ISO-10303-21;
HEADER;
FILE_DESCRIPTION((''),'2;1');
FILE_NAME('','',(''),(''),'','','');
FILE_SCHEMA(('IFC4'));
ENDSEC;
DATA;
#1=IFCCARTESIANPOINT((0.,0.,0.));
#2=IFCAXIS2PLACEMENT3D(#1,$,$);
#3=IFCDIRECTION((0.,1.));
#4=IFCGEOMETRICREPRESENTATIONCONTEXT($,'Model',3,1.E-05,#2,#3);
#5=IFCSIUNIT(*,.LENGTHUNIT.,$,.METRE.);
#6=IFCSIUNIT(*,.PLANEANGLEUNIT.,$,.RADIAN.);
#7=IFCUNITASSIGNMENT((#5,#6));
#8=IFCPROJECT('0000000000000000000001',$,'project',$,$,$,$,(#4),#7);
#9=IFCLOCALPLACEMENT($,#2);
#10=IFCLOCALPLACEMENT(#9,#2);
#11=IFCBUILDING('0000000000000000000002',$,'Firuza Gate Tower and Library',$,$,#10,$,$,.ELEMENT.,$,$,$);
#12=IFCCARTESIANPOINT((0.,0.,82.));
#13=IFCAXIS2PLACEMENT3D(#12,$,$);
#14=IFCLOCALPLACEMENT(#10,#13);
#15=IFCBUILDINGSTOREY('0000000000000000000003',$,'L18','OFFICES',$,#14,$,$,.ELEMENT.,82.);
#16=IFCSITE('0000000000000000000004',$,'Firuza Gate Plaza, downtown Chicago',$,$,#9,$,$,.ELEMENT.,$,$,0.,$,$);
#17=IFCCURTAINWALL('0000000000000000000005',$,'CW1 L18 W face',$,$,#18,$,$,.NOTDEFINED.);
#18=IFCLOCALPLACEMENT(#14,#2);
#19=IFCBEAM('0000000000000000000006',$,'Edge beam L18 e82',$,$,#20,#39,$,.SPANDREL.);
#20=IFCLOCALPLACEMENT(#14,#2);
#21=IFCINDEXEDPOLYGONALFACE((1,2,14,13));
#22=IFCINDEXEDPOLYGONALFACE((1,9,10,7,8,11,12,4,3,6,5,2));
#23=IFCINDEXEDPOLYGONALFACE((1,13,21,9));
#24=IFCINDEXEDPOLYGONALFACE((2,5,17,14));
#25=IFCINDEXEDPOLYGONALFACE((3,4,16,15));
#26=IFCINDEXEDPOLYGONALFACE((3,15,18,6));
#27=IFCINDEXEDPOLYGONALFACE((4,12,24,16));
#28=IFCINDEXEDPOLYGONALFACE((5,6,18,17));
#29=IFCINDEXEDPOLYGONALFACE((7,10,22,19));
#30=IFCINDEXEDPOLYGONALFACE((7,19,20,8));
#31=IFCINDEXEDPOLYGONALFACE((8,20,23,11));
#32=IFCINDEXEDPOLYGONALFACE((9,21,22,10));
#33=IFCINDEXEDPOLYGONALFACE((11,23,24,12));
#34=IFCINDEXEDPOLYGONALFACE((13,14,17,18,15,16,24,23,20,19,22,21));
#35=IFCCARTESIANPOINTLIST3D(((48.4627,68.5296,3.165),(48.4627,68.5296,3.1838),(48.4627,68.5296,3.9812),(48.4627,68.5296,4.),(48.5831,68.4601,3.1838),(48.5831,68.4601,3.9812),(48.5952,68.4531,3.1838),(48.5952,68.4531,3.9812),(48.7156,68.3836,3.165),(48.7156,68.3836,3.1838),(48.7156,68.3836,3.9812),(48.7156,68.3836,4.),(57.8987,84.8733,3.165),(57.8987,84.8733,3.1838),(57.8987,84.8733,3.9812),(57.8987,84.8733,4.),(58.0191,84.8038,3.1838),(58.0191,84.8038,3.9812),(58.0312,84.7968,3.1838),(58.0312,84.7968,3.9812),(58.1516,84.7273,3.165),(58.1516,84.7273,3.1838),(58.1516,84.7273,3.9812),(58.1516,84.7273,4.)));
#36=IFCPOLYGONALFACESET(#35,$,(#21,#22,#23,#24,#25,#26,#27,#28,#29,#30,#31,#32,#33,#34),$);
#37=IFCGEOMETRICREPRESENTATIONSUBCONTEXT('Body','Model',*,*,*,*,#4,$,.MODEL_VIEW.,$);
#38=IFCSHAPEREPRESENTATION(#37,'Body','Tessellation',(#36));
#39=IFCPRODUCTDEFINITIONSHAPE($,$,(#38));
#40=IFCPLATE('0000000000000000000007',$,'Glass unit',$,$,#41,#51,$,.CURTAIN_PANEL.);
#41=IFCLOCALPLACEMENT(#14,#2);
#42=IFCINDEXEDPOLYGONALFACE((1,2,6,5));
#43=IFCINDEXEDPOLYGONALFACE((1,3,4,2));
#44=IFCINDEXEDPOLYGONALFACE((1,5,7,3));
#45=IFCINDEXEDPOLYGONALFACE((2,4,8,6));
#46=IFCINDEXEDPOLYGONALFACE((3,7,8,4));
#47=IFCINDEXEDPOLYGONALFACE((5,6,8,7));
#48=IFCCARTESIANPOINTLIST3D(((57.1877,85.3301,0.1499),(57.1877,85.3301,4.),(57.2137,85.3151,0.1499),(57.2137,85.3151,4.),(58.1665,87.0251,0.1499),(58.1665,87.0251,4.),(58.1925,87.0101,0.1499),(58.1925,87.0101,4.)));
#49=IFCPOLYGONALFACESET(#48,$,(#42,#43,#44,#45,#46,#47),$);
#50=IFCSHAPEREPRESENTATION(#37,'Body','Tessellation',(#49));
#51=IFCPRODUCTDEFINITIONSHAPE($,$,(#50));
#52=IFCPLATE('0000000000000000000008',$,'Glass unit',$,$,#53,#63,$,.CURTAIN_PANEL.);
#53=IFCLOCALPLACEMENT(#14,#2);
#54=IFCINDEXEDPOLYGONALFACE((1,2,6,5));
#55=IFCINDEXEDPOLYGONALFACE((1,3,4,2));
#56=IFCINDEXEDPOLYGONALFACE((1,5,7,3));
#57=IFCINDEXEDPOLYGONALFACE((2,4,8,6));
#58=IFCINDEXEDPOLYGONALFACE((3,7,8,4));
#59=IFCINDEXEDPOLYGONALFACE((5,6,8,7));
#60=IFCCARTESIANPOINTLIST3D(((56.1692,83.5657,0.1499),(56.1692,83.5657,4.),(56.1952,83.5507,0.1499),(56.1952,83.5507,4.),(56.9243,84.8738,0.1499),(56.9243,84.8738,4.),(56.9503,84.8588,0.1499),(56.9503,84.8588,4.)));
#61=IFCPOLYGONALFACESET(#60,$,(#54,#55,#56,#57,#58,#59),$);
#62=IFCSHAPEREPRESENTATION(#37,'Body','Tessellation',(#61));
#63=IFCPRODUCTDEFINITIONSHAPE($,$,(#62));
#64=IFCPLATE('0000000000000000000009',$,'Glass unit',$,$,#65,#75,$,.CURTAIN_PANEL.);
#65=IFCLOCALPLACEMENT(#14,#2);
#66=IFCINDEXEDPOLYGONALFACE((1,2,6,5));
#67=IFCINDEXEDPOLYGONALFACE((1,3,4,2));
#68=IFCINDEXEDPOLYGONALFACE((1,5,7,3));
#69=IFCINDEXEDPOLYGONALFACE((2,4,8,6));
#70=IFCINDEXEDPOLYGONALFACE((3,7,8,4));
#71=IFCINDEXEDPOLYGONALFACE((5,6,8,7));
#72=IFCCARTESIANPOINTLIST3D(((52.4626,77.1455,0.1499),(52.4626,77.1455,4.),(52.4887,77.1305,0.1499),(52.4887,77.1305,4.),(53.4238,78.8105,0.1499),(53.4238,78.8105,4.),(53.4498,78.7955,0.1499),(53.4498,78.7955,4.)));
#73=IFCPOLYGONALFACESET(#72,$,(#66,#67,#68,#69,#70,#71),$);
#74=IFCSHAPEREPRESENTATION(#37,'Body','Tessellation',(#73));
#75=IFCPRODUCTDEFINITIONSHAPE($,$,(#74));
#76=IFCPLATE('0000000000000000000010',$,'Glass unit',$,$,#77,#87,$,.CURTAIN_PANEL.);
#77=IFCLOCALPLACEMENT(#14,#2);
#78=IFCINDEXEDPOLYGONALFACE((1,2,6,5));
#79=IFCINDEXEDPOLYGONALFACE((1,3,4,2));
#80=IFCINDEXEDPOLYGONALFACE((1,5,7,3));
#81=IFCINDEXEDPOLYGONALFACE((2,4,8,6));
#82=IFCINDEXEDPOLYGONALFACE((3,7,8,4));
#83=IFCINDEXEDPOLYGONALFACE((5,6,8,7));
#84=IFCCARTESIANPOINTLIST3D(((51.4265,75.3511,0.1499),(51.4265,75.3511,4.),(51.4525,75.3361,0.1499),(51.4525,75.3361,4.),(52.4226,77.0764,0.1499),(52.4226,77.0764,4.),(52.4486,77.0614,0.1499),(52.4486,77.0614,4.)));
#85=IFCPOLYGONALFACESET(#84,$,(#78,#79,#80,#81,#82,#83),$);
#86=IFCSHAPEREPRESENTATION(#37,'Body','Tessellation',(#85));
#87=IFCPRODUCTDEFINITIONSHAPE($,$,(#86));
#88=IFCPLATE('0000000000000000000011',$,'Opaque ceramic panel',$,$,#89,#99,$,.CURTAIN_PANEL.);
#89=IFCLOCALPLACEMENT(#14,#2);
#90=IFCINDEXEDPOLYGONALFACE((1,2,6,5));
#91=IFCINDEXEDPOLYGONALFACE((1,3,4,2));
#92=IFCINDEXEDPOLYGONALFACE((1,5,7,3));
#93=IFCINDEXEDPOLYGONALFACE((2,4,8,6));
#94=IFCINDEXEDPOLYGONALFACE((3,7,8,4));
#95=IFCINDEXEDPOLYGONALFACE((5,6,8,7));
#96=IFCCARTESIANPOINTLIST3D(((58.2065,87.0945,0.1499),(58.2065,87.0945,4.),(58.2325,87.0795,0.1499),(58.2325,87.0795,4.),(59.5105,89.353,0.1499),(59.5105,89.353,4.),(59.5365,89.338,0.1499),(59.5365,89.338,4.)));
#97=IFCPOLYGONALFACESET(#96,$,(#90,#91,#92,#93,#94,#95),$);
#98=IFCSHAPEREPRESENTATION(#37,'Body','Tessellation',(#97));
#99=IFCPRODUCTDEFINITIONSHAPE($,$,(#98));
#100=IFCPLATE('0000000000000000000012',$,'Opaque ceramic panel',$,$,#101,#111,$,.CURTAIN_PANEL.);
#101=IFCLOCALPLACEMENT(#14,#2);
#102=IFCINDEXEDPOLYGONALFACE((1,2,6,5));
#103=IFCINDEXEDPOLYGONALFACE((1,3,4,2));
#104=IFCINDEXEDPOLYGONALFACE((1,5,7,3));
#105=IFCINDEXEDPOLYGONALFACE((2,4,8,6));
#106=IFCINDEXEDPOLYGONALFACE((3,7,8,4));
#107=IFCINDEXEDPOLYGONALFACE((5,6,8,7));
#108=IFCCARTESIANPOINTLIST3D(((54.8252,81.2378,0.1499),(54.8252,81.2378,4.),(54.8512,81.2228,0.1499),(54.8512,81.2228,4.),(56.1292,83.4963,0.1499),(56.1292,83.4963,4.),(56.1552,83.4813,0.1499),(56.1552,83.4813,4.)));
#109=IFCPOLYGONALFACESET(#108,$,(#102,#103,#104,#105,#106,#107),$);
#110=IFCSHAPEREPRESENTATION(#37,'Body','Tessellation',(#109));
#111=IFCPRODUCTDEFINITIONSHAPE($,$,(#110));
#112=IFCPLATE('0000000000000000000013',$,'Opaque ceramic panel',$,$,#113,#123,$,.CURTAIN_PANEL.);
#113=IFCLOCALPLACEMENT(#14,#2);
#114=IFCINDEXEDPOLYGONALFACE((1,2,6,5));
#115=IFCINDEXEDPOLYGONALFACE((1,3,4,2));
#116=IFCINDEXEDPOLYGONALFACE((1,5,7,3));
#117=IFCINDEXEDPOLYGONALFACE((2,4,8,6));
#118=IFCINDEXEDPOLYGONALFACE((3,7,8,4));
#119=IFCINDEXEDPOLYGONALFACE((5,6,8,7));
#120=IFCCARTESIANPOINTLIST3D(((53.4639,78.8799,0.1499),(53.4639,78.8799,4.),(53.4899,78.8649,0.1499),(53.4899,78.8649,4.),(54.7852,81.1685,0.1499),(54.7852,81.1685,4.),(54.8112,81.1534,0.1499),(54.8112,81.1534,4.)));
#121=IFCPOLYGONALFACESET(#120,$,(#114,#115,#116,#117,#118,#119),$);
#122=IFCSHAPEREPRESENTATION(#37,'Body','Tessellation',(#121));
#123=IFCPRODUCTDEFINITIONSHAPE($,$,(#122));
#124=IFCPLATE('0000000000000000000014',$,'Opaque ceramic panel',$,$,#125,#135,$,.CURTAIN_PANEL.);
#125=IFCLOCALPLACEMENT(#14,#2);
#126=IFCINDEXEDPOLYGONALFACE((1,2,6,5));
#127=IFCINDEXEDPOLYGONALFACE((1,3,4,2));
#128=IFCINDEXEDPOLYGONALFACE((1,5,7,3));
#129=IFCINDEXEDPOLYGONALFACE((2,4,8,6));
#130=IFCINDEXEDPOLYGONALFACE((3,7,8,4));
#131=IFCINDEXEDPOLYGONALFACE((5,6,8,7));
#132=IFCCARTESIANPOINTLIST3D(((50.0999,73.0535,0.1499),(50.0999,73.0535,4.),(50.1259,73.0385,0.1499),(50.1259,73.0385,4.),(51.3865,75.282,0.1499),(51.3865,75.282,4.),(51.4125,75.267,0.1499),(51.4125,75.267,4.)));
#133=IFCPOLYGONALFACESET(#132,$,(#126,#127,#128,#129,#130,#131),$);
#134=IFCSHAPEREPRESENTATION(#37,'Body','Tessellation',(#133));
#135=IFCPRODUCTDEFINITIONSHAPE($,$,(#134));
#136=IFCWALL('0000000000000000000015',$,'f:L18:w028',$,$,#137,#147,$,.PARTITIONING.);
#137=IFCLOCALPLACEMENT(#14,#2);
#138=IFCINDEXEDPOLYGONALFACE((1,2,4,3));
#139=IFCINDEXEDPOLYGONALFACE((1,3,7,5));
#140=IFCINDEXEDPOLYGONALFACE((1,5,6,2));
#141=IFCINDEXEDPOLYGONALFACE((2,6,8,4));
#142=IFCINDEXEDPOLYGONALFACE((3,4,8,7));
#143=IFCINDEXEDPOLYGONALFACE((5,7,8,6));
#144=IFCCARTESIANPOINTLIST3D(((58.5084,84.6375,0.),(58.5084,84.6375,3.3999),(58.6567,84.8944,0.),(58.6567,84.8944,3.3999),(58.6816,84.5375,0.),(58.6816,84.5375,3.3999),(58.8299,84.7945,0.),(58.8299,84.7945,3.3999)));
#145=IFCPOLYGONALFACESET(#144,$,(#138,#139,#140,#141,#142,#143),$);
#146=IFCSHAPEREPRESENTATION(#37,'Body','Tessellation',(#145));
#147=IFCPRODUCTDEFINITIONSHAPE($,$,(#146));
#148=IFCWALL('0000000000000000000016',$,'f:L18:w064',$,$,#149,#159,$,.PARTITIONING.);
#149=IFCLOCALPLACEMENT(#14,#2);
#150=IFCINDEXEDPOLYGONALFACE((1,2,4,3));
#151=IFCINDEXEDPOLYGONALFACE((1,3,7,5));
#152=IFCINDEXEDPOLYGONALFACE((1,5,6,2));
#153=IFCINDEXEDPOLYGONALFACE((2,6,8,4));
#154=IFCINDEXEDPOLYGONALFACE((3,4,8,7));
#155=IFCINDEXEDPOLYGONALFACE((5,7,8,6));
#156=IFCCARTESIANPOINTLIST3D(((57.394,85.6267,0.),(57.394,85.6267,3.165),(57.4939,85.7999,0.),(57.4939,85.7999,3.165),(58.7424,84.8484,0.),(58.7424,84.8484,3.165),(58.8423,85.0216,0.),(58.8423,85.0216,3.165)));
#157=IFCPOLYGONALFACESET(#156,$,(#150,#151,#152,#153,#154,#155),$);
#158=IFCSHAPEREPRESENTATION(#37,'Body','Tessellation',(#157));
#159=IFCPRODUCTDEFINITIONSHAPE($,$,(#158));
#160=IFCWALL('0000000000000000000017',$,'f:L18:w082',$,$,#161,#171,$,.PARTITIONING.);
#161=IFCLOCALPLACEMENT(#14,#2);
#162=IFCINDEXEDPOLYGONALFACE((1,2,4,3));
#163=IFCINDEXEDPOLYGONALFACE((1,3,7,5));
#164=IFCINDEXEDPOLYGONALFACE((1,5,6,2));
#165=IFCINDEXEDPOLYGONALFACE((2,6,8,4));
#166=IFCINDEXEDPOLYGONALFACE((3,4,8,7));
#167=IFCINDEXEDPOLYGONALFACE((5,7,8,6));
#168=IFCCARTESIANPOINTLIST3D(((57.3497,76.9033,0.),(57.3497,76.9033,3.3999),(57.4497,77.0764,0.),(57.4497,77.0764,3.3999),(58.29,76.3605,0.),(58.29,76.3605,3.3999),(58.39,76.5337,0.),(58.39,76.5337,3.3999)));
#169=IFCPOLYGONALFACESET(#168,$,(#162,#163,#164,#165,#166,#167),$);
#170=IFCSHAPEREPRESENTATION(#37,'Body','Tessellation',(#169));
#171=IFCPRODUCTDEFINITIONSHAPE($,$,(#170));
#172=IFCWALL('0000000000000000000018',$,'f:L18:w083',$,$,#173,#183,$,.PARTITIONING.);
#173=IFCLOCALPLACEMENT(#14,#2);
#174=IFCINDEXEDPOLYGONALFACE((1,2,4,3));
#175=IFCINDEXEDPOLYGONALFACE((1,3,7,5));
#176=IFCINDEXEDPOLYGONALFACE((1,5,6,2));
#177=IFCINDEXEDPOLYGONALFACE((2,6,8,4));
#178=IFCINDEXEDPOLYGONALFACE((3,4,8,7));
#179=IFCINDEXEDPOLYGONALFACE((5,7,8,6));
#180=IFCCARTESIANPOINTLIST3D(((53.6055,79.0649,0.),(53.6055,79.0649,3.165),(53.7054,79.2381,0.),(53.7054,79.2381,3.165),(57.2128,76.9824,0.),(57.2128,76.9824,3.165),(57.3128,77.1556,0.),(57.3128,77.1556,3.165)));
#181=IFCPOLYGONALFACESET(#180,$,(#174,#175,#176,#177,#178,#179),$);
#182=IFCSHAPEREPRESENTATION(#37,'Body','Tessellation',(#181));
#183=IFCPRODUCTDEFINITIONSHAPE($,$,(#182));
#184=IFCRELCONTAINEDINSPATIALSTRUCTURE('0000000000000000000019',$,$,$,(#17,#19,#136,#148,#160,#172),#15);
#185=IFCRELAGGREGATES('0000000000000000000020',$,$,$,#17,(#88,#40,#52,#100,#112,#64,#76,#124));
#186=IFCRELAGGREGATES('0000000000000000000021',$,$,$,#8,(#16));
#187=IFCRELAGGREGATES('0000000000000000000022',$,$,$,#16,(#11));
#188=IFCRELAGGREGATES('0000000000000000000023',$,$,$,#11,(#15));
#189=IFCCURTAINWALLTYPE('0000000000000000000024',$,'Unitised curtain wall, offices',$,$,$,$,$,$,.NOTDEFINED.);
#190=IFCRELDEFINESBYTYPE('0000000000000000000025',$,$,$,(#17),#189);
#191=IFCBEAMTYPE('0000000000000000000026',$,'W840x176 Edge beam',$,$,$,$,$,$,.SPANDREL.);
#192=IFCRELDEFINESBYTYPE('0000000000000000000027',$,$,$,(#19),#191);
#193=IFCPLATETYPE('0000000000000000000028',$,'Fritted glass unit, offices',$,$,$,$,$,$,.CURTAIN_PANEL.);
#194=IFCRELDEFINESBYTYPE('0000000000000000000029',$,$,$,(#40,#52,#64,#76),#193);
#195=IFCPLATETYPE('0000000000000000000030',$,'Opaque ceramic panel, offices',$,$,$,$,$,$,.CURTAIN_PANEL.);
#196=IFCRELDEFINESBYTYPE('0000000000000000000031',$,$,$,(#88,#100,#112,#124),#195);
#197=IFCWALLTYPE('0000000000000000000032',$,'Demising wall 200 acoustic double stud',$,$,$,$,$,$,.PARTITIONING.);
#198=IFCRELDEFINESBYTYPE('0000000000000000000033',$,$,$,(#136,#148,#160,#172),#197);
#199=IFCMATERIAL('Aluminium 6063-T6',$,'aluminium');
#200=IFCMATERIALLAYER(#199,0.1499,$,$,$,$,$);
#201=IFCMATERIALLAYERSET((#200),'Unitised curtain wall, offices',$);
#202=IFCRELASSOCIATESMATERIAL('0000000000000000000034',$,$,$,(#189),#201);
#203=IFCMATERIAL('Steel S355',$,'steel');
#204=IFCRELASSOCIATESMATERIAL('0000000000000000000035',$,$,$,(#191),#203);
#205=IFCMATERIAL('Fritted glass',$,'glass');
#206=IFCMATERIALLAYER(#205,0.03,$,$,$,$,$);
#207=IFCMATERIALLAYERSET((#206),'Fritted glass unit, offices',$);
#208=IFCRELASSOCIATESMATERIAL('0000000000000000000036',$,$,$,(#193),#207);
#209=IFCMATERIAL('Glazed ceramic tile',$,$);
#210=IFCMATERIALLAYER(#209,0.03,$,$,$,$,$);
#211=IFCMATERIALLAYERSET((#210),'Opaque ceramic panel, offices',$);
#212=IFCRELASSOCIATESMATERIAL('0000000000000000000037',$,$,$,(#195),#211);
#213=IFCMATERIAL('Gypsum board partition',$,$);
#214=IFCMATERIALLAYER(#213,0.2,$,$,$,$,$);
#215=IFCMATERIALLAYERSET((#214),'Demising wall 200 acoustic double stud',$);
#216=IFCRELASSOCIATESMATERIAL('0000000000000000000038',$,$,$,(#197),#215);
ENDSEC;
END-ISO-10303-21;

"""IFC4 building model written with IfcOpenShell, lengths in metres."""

from ifc_helpers import new_model, si_unit, direction, frame, frame_2d, origin, origin_2d, place, context, subcontext, project, spatial, polyline, rectangle, i_section, outline, extrude, material, layer, layer_set, material_profile, profile_set, type_object, element, aggregate, save


model = new_model("IFC4")

# Units and contexts
model_context = context("Model", 3, precision=1e-05, world=origin(), true_north=direction((0.0, 1.0)))
body_context = subcontext(model_context, "Body", "Model", "MODEL_VIEW")
ifc_project = project(units=[si_unit("LENGTHUNIT", "METRE"), si_unit("PLANEANGLEUNIT", "RADIAN")], contexts=[model_context])

# Site, building, storey
site_placement = place(None, origin())
site = spatial("IfcSite", under=ifc_project, at=site_placement, Name="Firuza Gate Plaza, downtown Chicago", CompositionType="ELEMENT", RefElevation=0.0)
building_placement = place(site_placement, origin())
building = spatial("IfcBuilding", under=site, at=building_placement, Name="Firuza Gate Tower and Library", CompositionType="ELEMENT")
storey_placement = place(building_placement, frame((0.0, 0.0, 82.0)))
storey = spatial("IfcBuildingStorey", under=building, at=storey_placement, Name="L18", Description="OFFICES", CompositionType="ELEMENT", Elevation=82.0)

# Curtain wall
ifc_material_1 = material(Name="Aluminium 6063-T6", Category="aluminium")
ifc_layer_1 = layer(ifc_material_1, 0.1499)
ifc_layer_set_1 = layer_set([ifc_layer_1], Name="Unitised curtain wall, offices")
curtain_wall_type = type_object("IfcCurtainWallType", Name="Unitised curtain wall, offices", PredefinedType="NOTDEFINED", material=ifc_layer_set_1)
curtain_wall_placement = place(storey_placement, origin())
curtain_wall = element("IfcCurtainWall", 1, at=curtain_wall_placement, inside=storey, type_object=curtain_wall_type, Name="CW1 L18 W face", PredefinedType="NOTDEFINED")

# Beam
ifc_material_2 = material(Name="Steel S355", Category="steel")
ifc_material_profile_1 = material_profile(ifc_material_2, i_section(OverallWidth=0.292, OverallDepth=0.835, WebThickness=0.0139, FlangeThickness=0.0188, at=origin_2d()))
ifc_profile_set_1 = profile_set([ifc_material_profile_1], Name="Steel S355")
beam_type_1 = type_object("IfcBeamType", Name="W840x176 Edge beam", PredefinedType="SPANDREL", material=ifc_profile_set_1)
beam_1_placement = place(storey_placement, frame((58.0251, 84.8003, 3.5825), z_axis=(-0.499999, -0.866026, 0.0), x_axis=(0.866026, -0.499999, 0.0)))
element("IfcBeam", 2, at=beam_1_placement, inside=storey, type_object=beam_type_1, Name="Edge beam L18 e82", PredefinedType="SPANDREL", context=body_context, shape_type="SweptSolid", body=[
    extrude(i_section(OverallWidth=0.292, OverallDepth=0.835, WebThickness=0.0139, FlangeThickness=0.0188, at=origin_2d()), origin(), (0.0, 0.0, 1.0), 18.8721),
])

# Plates
ifc_material_3 = material(Name="Fritted glass", Category="glass")
ifc_layer_2 = layer(ifc_material_3, 0.03)
ifc_layer_set_2 = layer_set([ifc_layer_2], Name="Fritted glass unit, offices")
plate_type_1 = type_object("IfcPlateType", Name="Fritted glass unit, offices", PredefinedType="CURTAIN_PANEL", material=ifc_layer_set_2)
plate_1_placement = place(storey_placement, frame((58.1665, 87.0251, 0.1499), z_axis=(-0.866001, 0.500043, 0.0), x_axis=(-0.500043, -0.866001, 0.0)))
plate_1 = element("IfcPlate", 3, at=plate_1_placement, type_object=plate_type_1, Name="Glass unit", PredefinedType="CURTAIN_PANEL", context=body_context, shape_type="SweptSolid", body=[
    extrude(outline(polyline([(0.0, 0.0), (1.9574, 0.0), (1.9574, 3.8501), (0.0, 3.8501), (0.0, 0.0)])), origin(), (0.0, 0.0, -1.0), 0.03),
])
plate_2_placement = place(storey_placement, frame((56.9243, 84.8738, 0.1499), z_axis=(-0.866056, 0.499946, 0.0), x_axis=(-0.499946, -0.866056, 0.0)))
plate_2 = element("IfcPlate", 4, at=plate_2_placement, type_object=plate_type_1, Name="Glass unit", PredefinedType="CURTAIN_PANEL", context=body_context, shape_type="SweptSolid", body=[
    extrude(outline(polyline([(0.0, 0.0), (1.5104, 0.0), (1.5104, 3.8501), (0.0, 3.8501), (0.0, 0.0)])), origin(), (0.0, 0.0, -1.0), 0.03),
])
plate_3_placement = place(storey_placement, frame((53.4238, 78.8105, 0.1499), z_axis=(-0.866054, 0.49995, 0.0), x_axis=(-0.49995, -0.866054, 0.0)))
plate_3 = element("IfcPlate", 5, at=plate_3_placement, type_object=plate_type_1, Name="Glass unit", PredefinedType="CURTAIN_PANEL", context=body_context, shape_type="SweptSolid", body=[
    extrude(outline(polyline([(0.0, 0.0), (1.9226, 0.0), (1.9226, 3.8501), (0.0, 3.8501), (0.0, 0.0)])), origin(), (0.0, 0.0, -1.0), 0.03),
])
plate_4_placement = place(storey_placement, frame((52.4226, 77.0764, 0.1499), z_axis=(-0.866033, 0.499988, 0.0), x_axis=(-0.499988, -0.866033, 0.0)))
plate_4 = element("IfcPlate", 6, at=plate_4_placement, type_object=plate_type_1, Name="Glass unit", PredefinedType="CURTAIN_PANEL", context=body_context, shape_type="SweptSolid", body=[
    extrude(outline(polyline([(0.0, 0.0), (1.9922, 0.0), (1.9922, 3.8501), (0.0, 3.8501), (0.0, 0.0)])), origin(), (0.0, 0.0, -1.0), 0.03),
])
ifc_material_4 = material(Name="Glazed ceramic tile")
ifc_layer_3 = layer(ifc_material_4, 0.03)
ifc_layer_set_3 = layer_set([ifc_layer_3], Name="Opaque ceramic panel, offices")
plate_type_2 = type_object("IfcPlateType", Name="Opaque ceramic panel, offices", PredefinedType="CURTAIN_PANEL", material=ifc_layer_set_3)
plate_5_placement = place(storey_placement, frame((59.5105, 89.353, 0.1499), z_axis=(-0.866028, 0.499995, 0.0), x_axis=(-0.499995, -0.866028, 0.0)))
plate_5 = element("IfcPlate", 7, at=plate_5_placement, type_object=plate_type_2, Name="Opaque ceramic panel", PredefinedType="CURTAIN_PANEL", context=body_context, shape_type="SweptSolid", body=[
    extrude(outline(polyline([(0.0, 0.0), (2.6079, 0.0), (2.6079, 3.8501), (0.0, 3.8501), (0.0, 0.0)])), origin(), (0.0, 0.0, -1.0), 0.03),
])
plate_6_placement = place(storey_placement, frame((56.1292, 83.4963, 0.1499), z_axis=(-0.866028, 0.499995, 0.0), x_axis=(-0.499995, -0.866028, 0.0)))
plate_6 = element("IfcPlate", 8, at=plate_6_placement, type_object=plate_type_2, Name="Opaque ceramic panel", PredefinedType="CURTAIN_PANEL", context=body_context, shape_type="SweptSolid", body=[
    extrude(outline(polyline([(0.0, 0.0), (2.6079, 0.0), (2.6079, 3.8501), (0.0, 3.8501), (0.0, 0.0)])), origin(), (0.0, 0.0, -1.0), 0.03),
])
plate_7_placement = place(storey_placement, frame((54.7852, 81.1685, 0.1499), z_axis=(-0.866029, 0.499994, 0.0), x_axis=(-0.499994, -0.866029, 0.0)))
plate_7 = element("IfcPlate", 9, at=plate_7_placement, type_object=plate_type_2, Name="Opaque ceramic panel", PredefinedType="CURTAIN_PANEL", context=body_context, shape_type="SweptSolid", body=[
    extrude(outline(polyline([(0.0, 0.0), (2.6426, 0.0), (2.6426, 3.8501), (0.0, 3.8501), (0.0, 0.0)])), origin(), (0.0, 0.0, -1.0), 0.03),
])
plate_8_placement = place(storey_placement, frame((51.3865, 75.282, 0.1499), z_axis=(-0.866028, 0.499996, 0.0), x_axis=(-0.499996, -0.866028, 0.0)))
plate_8 = element("IfcPlate", 10, at=plate_8_placement, type_object=plate_type_2, Name="Opaque ceramic panel", PredefinedType="CURTAIN_PANEL", context=body_context, shape_type="SweptSolid", body=[
    extrude(outline(polyline([(0.0, 0.0), (2.5733, 0.0), (2.5733, 3.8501), (0.0, 3.8501), (0.0, 0.0)])), origin(), (0.0, 0.0, -1.0), 0.03),
])
aggregate(curtain_wall, [plate_5, plate_1, plate_2, plate_6, plate_7, plate_3, plate_4, plate_8])

# Walls
ifc_material_5 = material(Name="Gypsum board partition")
ifc_layer_4 = layer(ifc_material_5, 0.2)
ifc_layer_set_4 = layer_set([ifc_layer_4], Name="Demising wall 200 acoustic double stud")
wall_type_1 = type_object("IfcWallType", Name="Demising wall 200 acoustic double stud", PredefinedType="PARTITIONING", material=ifc_layer_set_4)
wall_1_placement = place(storey_placement, frame((58.595, 84.5874, 0.0), z_axis=(0.0, 0.0, 1.0), x_axis=(0.49977, 0.866158, 0.0)))
element("IfcWall", 11, at=wall_1_placement, inside=storey, type_object=wall_type_1, Name="f:L18:w028", PredefinedType="PARTITIONING", context=body_context, shape_type="SweptSolid", body=[
    extrude(rectangle(XDim=0.2966, YDim=0.2, at=frame_2d((0.1484, 0.0))), origin(), (0.0, 0.0, 1.0), 3.3999),
])
wall_2_placement = place(storey_placement, frame((58.7922, 84.9351, 0.0), z_axis=(0.0, 0.0, 1.0), x_axis=(-0.866073, 0.499917, 0.0)))
element("IfcWall", 12, at=wall_2_placement, inside=storey, type_object=wall_type_1, Name="f:L18:w064", PredefinedType="PARTITIONING", context=body_context, shape_type="SweptSolid", body=[
    extrude(rectangle(XDim=1.5569, YDim=0.2, at=frame_2d((0.7783, 0.0))), origin(), (0.0, 0.0, 1.0), 3.165),
])
wall_3_placement = place(storey_placement, frame((58.3401, 76.447, 0.0), z_axis=(0.0, 0.0, 1.0), x_axis=(-0.866062, 0.499937, 0.0)))
element("IfcWall", 13, at=wall_3_placement, inside=storey, type_object=wall_type_1, Name="f:L18:w082", PredefinedType="PARTITIONING", context=body_context, shape_type="SweptSolid", body=[
    extrude(rectangle(XDim=1.0857, YDim=0.2, at=frame_2d((0.543, 0.0))), origin(), (0.0, 0.0, 1.0), 3.3999),
])
wall_4_placement = place(storey_placement, frame((57.2627, 77.0691, 0.0), z_axis=(0.0, 0.0, 1.0), x_axis=(-0.866049, 0.499959, 0.0)))
element("IfcWall", 14, at=wall_4_placement, inside=storey, type_object=wall_type_1, Name="f:L18:w083", PredefinedType="PARTITIONING", context=body_context, shape_type="SweptSolid", body=[
    extrude(rectangle(XDim=4.1653, YDim=0.2, at=frame_2d((2.0825, 0.0))), origin(), (0.0, 0.0, 1.0), 3.165),
])

save(model, "model.ifc")
